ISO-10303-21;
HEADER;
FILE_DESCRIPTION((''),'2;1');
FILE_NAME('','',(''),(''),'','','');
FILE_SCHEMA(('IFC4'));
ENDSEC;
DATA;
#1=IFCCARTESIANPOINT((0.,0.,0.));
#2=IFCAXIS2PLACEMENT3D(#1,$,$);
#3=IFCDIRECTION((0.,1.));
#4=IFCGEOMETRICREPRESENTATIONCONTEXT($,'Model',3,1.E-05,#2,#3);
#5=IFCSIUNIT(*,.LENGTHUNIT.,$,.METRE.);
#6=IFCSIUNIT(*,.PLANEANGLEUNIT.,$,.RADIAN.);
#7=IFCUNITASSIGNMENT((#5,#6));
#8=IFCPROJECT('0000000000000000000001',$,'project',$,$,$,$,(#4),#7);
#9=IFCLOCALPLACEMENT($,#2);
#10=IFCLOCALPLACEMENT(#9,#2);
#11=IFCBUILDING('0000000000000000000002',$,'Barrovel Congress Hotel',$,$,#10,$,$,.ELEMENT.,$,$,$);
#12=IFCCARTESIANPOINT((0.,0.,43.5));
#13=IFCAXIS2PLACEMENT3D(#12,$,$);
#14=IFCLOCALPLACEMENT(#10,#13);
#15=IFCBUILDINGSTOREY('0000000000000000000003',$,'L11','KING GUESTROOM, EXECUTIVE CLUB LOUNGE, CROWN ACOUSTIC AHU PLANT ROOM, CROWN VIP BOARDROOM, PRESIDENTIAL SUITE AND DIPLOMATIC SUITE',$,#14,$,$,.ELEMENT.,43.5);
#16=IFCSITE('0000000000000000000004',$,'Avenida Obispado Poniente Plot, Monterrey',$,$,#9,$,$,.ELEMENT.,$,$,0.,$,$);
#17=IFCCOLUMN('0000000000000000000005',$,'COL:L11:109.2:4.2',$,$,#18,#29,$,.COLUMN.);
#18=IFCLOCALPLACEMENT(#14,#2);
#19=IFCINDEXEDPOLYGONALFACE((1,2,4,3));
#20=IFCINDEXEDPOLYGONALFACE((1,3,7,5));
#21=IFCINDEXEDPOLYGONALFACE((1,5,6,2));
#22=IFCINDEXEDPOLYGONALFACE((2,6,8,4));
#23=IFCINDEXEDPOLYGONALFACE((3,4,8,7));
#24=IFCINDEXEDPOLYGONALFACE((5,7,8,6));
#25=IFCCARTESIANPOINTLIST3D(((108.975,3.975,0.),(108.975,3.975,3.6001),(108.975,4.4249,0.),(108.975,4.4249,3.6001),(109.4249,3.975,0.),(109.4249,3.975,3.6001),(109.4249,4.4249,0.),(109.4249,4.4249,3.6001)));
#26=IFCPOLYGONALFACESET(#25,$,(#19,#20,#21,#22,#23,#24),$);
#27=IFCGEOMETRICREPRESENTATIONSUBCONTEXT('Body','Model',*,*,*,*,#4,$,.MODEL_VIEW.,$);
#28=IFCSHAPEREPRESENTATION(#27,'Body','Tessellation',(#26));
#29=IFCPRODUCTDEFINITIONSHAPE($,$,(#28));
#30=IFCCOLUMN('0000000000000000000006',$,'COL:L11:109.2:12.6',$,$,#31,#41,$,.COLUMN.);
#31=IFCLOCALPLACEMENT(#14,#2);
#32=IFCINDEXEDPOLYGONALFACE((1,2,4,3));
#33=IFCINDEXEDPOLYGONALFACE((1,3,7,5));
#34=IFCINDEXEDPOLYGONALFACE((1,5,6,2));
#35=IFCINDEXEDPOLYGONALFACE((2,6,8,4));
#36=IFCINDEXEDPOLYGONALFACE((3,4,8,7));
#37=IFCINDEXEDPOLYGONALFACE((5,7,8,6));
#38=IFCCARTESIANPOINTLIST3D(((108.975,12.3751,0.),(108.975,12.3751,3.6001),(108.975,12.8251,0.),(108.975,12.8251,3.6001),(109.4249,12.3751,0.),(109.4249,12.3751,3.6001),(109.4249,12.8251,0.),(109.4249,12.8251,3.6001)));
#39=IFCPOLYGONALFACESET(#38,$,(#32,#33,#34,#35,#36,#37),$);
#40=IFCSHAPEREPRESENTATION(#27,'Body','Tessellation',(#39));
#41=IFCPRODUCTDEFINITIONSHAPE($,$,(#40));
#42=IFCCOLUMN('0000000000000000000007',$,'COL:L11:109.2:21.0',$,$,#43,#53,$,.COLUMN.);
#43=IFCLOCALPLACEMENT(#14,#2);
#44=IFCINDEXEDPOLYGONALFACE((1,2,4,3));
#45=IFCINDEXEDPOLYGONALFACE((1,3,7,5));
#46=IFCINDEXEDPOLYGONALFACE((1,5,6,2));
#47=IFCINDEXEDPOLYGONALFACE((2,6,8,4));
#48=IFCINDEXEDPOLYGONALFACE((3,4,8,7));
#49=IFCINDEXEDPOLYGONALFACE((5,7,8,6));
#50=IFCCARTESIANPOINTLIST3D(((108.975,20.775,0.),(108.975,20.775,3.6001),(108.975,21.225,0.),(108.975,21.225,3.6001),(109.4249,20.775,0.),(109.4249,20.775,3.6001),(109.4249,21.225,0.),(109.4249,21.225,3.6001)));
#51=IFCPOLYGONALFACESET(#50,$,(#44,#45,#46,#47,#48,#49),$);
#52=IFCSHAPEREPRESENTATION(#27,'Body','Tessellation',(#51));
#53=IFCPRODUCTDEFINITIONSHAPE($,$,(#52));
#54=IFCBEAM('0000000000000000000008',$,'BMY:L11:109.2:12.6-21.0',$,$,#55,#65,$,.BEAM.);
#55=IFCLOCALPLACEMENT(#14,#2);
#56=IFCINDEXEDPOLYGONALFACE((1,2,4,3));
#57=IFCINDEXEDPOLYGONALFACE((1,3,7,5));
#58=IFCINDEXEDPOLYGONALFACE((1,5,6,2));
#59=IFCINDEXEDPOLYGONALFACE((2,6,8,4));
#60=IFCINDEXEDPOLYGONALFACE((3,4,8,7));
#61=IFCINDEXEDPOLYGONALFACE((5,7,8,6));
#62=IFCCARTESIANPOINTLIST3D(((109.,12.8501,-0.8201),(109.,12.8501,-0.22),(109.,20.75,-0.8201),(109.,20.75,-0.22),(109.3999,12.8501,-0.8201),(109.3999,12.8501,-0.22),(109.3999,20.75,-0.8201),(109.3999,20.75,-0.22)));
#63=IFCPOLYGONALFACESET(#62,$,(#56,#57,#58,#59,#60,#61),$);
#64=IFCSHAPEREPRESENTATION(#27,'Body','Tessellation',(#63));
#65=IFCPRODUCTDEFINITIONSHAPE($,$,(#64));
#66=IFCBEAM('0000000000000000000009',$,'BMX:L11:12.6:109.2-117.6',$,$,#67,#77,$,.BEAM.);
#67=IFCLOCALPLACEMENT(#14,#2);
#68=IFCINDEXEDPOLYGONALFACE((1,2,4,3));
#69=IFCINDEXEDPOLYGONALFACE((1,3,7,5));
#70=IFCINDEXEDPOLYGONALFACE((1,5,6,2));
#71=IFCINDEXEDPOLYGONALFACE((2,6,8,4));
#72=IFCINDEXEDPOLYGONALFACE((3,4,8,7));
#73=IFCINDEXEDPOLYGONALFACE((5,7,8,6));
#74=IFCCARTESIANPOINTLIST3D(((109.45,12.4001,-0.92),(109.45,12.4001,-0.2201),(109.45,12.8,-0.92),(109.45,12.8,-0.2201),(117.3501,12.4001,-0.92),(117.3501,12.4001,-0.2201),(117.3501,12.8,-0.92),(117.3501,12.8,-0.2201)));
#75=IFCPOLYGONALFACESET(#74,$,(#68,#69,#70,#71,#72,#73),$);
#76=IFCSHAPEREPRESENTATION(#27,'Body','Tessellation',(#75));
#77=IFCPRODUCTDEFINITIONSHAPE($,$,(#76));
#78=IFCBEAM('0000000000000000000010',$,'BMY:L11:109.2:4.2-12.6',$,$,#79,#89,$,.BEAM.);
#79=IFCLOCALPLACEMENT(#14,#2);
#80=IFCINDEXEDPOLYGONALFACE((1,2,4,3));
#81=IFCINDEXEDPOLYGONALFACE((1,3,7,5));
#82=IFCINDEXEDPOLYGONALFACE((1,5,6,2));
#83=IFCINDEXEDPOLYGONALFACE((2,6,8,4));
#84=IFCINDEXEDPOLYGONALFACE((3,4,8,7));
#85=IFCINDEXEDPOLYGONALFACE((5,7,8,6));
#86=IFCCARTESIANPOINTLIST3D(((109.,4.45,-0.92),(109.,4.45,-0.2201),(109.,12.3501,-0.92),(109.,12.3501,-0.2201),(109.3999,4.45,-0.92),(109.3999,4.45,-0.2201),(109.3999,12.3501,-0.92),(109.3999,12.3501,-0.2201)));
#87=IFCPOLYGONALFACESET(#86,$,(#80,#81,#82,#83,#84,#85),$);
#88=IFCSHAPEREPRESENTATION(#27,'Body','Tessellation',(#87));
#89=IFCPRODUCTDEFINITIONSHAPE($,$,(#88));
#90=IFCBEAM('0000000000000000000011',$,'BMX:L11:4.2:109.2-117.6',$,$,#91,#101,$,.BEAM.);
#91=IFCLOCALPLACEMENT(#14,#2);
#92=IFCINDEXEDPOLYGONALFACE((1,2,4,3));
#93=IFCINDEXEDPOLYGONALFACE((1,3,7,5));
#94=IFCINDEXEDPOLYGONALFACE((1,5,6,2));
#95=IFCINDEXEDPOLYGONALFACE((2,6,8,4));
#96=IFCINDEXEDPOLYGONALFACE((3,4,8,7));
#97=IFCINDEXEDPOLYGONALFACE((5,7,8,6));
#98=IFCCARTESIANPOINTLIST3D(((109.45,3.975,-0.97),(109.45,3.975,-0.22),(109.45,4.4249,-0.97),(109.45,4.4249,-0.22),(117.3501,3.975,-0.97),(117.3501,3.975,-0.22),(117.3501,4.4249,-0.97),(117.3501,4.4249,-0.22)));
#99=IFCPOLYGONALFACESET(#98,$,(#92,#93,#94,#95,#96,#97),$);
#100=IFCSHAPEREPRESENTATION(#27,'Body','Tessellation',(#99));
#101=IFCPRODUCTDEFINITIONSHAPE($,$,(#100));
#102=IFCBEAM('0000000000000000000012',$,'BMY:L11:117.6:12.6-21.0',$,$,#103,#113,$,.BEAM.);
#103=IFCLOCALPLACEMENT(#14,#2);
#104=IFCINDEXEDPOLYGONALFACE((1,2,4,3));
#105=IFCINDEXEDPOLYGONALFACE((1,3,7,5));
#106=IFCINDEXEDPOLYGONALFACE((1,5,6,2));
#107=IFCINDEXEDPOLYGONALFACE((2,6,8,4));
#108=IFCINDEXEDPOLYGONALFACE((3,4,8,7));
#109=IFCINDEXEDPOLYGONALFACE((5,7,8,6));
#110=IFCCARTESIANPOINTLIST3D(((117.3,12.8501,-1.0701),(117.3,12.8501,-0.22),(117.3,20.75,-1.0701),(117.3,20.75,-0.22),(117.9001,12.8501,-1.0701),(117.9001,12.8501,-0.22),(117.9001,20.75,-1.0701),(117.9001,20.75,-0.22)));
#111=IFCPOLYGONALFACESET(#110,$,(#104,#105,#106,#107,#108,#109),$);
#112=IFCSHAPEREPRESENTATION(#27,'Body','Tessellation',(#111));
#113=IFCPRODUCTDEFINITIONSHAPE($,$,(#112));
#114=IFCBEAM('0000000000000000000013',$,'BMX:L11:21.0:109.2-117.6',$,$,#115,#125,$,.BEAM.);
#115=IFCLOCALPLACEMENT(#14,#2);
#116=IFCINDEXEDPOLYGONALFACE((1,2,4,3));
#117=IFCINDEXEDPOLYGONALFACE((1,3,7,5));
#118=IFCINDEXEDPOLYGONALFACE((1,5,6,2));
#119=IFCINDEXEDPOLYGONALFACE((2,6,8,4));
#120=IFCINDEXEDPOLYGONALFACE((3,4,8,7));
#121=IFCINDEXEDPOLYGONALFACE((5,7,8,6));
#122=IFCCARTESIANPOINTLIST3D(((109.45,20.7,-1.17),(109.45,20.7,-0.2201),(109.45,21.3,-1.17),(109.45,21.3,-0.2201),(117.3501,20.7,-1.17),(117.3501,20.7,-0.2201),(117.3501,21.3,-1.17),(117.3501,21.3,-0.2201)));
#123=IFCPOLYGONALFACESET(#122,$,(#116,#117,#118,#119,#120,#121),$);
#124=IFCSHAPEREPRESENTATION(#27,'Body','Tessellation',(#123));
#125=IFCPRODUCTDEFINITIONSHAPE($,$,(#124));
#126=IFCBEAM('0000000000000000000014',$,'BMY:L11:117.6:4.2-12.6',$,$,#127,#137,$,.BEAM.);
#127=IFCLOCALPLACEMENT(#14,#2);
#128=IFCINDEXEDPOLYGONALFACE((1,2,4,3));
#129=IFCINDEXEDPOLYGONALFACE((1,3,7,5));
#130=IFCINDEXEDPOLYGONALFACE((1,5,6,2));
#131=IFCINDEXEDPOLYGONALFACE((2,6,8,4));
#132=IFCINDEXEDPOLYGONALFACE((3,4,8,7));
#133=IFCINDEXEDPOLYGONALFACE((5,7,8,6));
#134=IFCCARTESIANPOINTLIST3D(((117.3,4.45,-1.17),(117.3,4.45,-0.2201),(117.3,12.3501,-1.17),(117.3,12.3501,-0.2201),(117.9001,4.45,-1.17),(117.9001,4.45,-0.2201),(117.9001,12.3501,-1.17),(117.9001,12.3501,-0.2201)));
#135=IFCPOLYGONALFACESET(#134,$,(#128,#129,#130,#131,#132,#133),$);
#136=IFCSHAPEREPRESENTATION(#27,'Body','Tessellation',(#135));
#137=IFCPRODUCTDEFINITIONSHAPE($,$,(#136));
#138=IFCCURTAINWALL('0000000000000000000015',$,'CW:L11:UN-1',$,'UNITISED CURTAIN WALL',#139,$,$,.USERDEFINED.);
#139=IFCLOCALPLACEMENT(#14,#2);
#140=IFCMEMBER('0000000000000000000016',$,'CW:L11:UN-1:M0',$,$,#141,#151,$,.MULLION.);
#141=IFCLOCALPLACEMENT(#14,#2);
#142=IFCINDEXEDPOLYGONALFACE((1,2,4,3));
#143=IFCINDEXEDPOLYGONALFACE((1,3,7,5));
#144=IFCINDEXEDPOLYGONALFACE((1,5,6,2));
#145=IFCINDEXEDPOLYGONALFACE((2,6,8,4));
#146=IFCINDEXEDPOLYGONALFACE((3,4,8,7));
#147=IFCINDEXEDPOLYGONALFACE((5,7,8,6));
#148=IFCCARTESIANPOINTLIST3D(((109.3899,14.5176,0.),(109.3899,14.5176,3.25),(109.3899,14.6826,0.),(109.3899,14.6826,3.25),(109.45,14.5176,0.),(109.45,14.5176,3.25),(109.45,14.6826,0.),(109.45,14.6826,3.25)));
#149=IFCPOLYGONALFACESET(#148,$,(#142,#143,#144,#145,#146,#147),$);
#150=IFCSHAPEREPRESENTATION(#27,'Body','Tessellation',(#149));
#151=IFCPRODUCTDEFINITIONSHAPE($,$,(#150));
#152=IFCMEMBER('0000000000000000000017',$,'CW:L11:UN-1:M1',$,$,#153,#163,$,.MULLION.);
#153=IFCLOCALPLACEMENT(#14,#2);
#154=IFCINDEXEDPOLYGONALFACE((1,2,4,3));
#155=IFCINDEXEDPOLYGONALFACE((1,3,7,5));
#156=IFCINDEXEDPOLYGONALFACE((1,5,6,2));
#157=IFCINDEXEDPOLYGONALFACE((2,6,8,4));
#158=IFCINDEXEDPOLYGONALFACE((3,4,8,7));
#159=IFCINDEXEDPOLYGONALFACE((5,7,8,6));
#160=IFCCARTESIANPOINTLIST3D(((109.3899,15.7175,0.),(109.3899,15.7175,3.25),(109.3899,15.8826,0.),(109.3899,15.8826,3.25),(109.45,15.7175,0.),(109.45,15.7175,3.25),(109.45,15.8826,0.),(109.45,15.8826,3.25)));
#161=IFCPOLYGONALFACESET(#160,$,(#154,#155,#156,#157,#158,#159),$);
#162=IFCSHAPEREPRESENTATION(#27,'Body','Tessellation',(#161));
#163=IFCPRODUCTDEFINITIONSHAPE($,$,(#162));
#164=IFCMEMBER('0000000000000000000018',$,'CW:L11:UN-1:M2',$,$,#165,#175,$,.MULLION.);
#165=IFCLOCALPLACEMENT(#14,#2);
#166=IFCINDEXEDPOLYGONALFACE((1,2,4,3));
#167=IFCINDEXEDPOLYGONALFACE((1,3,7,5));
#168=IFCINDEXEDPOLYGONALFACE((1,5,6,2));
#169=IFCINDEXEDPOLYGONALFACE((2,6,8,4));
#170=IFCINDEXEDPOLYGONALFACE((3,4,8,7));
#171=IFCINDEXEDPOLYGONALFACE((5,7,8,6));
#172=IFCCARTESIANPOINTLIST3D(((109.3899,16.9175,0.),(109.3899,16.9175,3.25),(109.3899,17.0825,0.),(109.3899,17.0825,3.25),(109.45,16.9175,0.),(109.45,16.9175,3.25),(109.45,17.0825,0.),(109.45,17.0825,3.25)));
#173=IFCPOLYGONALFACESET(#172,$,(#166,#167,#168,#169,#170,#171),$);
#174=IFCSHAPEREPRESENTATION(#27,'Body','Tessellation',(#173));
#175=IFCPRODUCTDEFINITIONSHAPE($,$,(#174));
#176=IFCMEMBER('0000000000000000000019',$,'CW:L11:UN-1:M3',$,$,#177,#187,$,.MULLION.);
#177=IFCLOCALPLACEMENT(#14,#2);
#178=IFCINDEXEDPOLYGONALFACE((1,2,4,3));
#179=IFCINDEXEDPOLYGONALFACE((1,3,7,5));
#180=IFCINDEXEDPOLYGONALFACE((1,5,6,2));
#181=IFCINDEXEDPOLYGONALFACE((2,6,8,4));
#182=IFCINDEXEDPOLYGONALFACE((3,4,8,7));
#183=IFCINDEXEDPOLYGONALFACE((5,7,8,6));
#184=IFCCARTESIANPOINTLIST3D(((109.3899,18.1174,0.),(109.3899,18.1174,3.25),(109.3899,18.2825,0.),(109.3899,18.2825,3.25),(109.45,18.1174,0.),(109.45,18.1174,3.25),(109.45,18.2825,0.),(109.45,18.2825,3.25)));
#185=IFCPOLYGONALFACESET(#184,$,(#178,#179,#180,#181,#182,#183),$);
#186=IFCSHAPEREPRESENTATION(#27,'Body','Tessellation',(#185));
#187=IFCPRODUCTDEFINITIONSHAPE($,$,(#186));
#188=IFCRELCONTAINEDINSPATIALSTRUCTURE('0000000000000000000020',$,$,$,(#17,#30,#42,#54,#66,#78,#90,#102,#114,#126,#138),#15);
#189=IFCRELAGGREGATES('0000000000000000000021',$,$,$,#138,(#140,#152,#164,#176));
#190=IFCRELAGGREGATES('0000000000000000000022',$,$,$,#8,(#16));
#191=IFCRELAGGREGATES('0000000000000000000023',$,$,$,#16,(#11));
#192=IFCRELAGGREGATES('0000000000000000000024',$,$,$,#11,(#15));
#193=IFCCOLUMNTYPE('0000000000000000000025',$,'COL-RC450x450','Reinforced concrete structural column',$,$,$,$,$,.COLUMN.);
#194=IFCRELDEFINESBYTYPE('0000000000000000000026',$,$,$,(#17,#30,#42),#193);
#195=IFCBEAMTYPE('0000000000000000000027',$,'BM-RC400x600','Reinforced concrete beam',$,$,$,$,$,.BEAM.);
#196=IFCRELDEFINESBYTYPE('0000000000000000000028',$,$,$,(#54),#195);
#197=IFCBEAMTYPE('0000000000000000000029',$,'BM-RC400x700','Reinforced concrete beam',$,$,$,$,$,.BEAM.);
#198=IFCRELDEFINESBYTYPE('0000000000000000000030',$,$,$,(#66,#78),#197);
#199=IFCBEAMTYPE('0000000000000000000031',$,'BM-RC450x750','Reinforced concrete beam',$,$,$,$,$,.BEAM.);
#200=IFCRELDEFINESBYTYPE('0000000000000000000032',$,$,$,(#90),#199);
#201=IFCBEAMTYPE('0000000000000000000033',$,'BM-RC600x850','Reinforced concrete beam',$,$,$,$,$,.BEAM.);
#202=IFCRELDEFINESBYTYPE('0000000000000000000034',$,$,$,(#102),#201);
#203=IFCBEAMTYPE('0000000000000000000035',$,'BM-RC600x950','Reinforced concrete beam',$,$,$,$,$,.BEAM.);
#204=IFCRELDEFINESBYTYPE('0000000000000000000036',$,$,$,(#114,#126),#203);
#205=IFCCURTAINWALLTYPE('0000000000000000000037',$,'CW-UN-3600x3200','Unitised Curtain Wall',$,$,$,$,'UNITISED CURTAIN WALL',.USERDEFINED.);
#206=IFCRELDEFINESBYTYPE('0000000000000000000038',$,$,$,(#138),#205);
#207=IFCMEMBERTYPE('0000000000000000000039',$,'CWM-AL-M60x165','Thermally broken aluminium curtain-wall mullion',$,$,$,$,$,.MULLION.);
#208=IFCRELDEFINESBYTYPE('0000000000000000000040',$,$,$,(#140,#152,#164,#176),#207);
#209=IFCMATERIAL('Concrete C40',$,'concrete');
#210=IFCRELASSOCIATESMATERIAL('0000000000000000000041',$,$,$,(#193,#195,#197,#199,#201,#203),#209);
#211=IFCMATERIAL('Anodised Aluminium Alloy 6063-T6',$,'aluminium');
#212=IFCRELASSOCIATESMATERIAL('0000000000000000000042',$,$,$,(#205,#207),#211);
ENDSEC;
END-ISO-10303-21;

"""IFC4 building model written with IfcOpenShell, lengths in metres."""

from ifc_helpers import new_model, si_unit, direction, frame, origin, origin_2d, place, context, subcontext, project, spatial, rectangle, extrude, material, material_profile, profile_set, type_object, element, aggregate, save


model = new_model("IFC4")

# Units and contexts
model_context = context("Model", 3, precision=1e-05, world=origin(), true_north=direction((0.0, 1.0)))
body_context = subcontext(model_context, "Body", "Model", "MODEL_VIEW")
ifc_project = project(units=[si_unit("LENGTHUNIT", "METRE"), si_unit("PLANEANGLEUNIT", "RADIAN")], contexts=[model_context])

# Site, building, storey
site_placement = place(None, origin())
site = spatial("IfcSite", under=ifc_project, at=site_placement, Name="Avenida Obispado Poniente Plot, Monterrey", CompositionType="ELEMENT", RefElevation=0.0)
building_placement = place(site_placement, origin())
building = spatial("IfcBuilding", under=site, at=building_placement, Name="Barrovel Congress Hotel", CompositionType="ELEMENT")
storey_placement = place(building_placement, frame((0.0, 0.0, 43.5)))
storey = spatial("IfcBuildingStorey", under=building, at=storey_placement, Name="L11", Description="KING GUESTROOM, EXECUTIVE CLUB LOUNGE, CROWN ACOUSTIC AHU PLANT ROOM, CROWN VIP BOARDROOM, PRESIDENTIAL SUITE AND DIPLOMATIC SUITE", CompositionType="ELEMENT", Elevation=43.5)

# Columns
ifc_material_1 = material(Name="Concrete C40", Category="concrete")
ifc_material_profile_1 = material_profile(ifc_material_1, rectangle(XDim=0.45, YDim=0.45, at=origin_2d()), Name="RC450x450")
ifc_profile_set_1 = profile_set([ifc_material_profile_1], Name="Concrete C40")
column_type = type_object("IfcColumnType", Name="COL-RC450x450", Description="Reinforced concrete structural column", PredefinedType="COLUMN", material=ifc_profile_set_1)
for number, where, z_axis, x_axis, name in (
    (1, (109.2, 4.2, 0.0), (0.0, 0.0, 1.0), (1.0, 0.0, 0.0), "COL:L11:109.2:4.2"),
    (2, (109.2, 12.6001, 0.0), (0.0, 0.0, 1.0), (1.0, 0.0, 0.0), "COL:L11:109.2:12.6"),
    (3, (109.2, 21.0, 0.0), (0.0, 0.0, 1.0), (1.0, 0.0, 0.0), "COL:L11:109.2:21.0"),
):
    element("IfcColumn", number, at=place(storey_placement, frame(where, z_axis=z_axis, x_axis=x_axis)), inside=storey, type_object=column_type, Name=name, PredefinedType="COLUMN", context=body_context, shape_type="SweptSolid", body=[
        extrude(rectangle(XDim=0.45, YDim=0.45, at=origin_2d()), origin(), (0.0, 0.0, 1.0), 3.6001),
    ])

# Beams
ifc_material_profile_2 = material_profile(ifc_material_1, rectangle(XDim=0.3999, YDim=0.6001, at=origin_2d()), Name="RC400x600")
ifc_profile_set_2 = profile_set([ifc_material_profile_2], Name="Concrete C40")
beam_type_1 = type_object("IfcBeamType", Name="BM-RC400x600", Description="Reinforced concrete beam", PredefinedType="BEAM", material=ifc_profile_set_2)
beam_1_placement = place(storey_placement, frame((109.2, 12.8501, -0.52), z_axis=(0.0, 1.0, 0.0), x_axis=(-1.0, 0.0, 0.0)))
element("IfcBeam", 4, at=beam_1_placement, inside=storey, type_object=beam_type_1, Name="BMY:L11:109.2:12.6-21.0", PredefinedType="BEAM", context=body_context, shape_type="SweptSolid", body=[
    extrude(rectangle(XDim=0.3999, YDim=0.6001, at=origin_2d()), origin(), (0.0, 0.0, 1.0), 7.8999),
])
ifc_material_profile_3 = material_profile(ifc_material_1, rectangle(XDim=0.3999, YDim=0.7, at=origin_2d()), Name="RC400x700")
ifc_profile_set_3 = profile_set([ifc_material_profile_3], Name="Concrete C40")
beam_type_2 = type_object("IfcBeamType", Name="BM-RC400x700", Description="Reinforced concrete beam", PredefinedType="BEAM", material=ifc_profile_set_3)
for number, where, z_axis, x_axis, name in (
    (5, (109.45, 12.6001, -0.5701), (1.0, 0.0, 0.0), (0.0, 1.0, 0.0), "BMX:L11:12.6:109.2-117.6"),
    (6, (109.2, 4.45, -0.5701), (0.0, 1.0, 0.0), (-1.0, 0.0, 0.0), "BMY:L11:109.2:4.2-12.6"),
):
    element("IfcBeam", number, at=place(storey_placement, frame(where, z_axis=z_axis, x_axis=x_axis)), inside=storey, type_object=beam_type_2, Name=name, PredefinedType="BEAM", context=body_context, shape_type="SweptSolid", body=[
        extrude(rectangle(XDim=0.3999, YDim=0.7, at=origin_2d()), origin(), (0.0, 0.0, 1.0), 7.9001),
    ])
ifc_material_profile_4 = material_profile(ifc_material_1, rectangle(XDim=0.45, YDim=0.75, at=origin_2d()), Name="RC450x750")
ifc_profile_set_4 = profile_set([ifc_material_profile_4], Name="Concrete C40")
beam_type_3 = type_object("IfcBeamType", Name="BM-RC450x750", Description="Reinforced concrete beam", PredefinedType="BEAM", material=ifc_profile_set_4)
beam_2_placement = place(storey_placement, frame((109.45, 4.2, -0.595), z_axis=(1.0, 0.0, 0.0), x_axis=(0.0, 1.0, 0.0)))
element("IfcBeam", 7, at=beam_2_placement, inside=storey, type_object=beam_type_3, Name="BMX:L11:4.2:109.2-117.6", PredefinedType="BEAM", context=body_context, shape_type="SweptSolid", body=[
    extrude(rectangle(XDim=0.45, YDim=0.75, at=origin_2d()), origin(), (0.0, 0.0, 1.0), 7.9001),
])
ifc_material_profile_5 = material_profile(ifc_material_1, rectangle(XDim=0.6001, YDim=0.8501, at=origin_2d()), Name="RC600x850")
ifc_profile_set_5 = profile_set([ifc_material_profile_5], Name="Concrete C40")
beam_type_4 = type_object("IfcBeamType", Name="BM-RC600x850", Description="Reinforced concrete beam", PredefinedType="BEAM", material=ifc_profile_set_5)
beam_3_placement = place(storey_placement, frame((117.6001, 12.8501, -0.645), z_axis=(0.0, 1.0, 0.0), x_axis=(-1.0, 0.0, 0.0)))
element("IfcBeam", 8, at=beam_3_placement, inside=storey, type_object=beam_type_4, Name="BMY:L11:117.6:12.6-21.0", PredefinedType="BEAM", context=body_context, shape_type="SweptSolid", body=[
    extrude(rectangle(XDim=0.6001, YDim=0.8501, at=origin_2d()), origin(), (0.0, 0.0, 1.0), 7.8999),
])
ifc_material_profile_6 = material_profile(ifc_material_1, rectangle(XDim=0.6001, YDim=0.95, at=origin_2d()), Name="RC600x950")
ifc_profile_set_6 = profile_set([ifc_material_profile_6], Name="Concrete C40")
beam_type_5 = type_object("IfcBeamType", Name="BM-RC600x950", Description="Reinforced concrete beam", PredefinedType="BEAM", material=ifc_profile_set_6)
for number, where, z_axis, x_axis, name in (
    (9, (109.45, 21.0, -0.6951), (1.0, 0.0, 0.0), (0.0, 1.0, 0.0), "BMX:L11:21.0:109.2-117.6"),
    (10, (117.6001, 4.45, -0.6951), (0.0, 1.0, 0.0), (-1.0, 0.0, 0.0), "BMY:L11:117.6:4.2-12.6"),
):
    element("IfcBeam", number, at=place(storey_placement, frame(where, z_axis=z_axis, x_axis=x_axis)), inside=storey, type_object=beam_type_5, Name=name, PredefinedType="BEAM", context=body_context, shape_type="SweptSolid", body=[
        extrude(rectangle(XDim=0.6001, YDim=0.95, at=origin_2d()), origin(), (0.0, 0.0, 1.0), 7.9001),
    ])

# Curtain wall, members
ifc_material_2 = material(Name="Anodised Aluminium Alloy 6063-T6", Category="aluminium")
curtain_wall_type = type_object("IfcCurtainWallType", Name="CW-UN-3600x3200", Description="Unitised Curtain Wall", ElementType="UNITISED CURTAIN WALL", PredefinedType="USERDEFINED", material=ifc_material_2)
curtain_wall_placement = place(storey_placement, origin())
curtain_wall = element("IfcCurtainWall", 11, at=curtain_wall_placement, inside=storey, type_object=curtain_wall_type, Name="CW:L11:UN-1", ObjectType="UNITISED CURTAIN WALL", PredefinedType="USERDEFINED")
ifc_material_profile_7 = material_profile(ifc_material_2, rectangle(XDim=0.0601, YDim=0.165, at=origin_2d()), Name="AL-M60x165")
ifc_profile_set_7 = profile_set([ifc_material_profile_7], Name="Anodised Aluminium Alloy 6063-T6")
member_type_1 = type_object("IfcMemberType", Name="CWM-AL-M60x165", Description="Thermally broken aluminium curtain-wall mullion", PredefinedType="MULLION", material=ifc_profile_set_7)
member_1_placement = place(storey_placement, frame((109.4199, 14.6001, 0.0), z_axis=(0.0, 0.0, 1.0), x_axis=(1.0, 0.0, 0.0)))
member_1 = element("IfcMember", 12, at=member_1_placement, type_object=member_type_1, Name="CW:L11:UN-1:M0", PredefinedType="MULLION", context=body_context, shape_type="SweptSolid", body=[
    extrude(rectangle(XDim=0.0601, YDim=0.165, at=origin_2d()), origin(), (0.0, 0.0, 1.0), 3.25),
])
member_2_placement = place(storey_placement, frame((109.4199, 15.8, 0.0), z_axis=(0.0, 0.0, 1.0), x_axis=(1.0, 0.0, 0.0)))
member_2 = element("IfcMember", 13, at=member_2_placement, type_object=member_type_1, Name="CW:L11:UN-1:M1", PredefinedType="MULLION", context=body_context, shape_type="SweptSolid", body=[
    extrude(rectangle(XDim=0.0601, YDim=0.165, at=origin_2d()), origin(), (0.0, 0.0, 1.0), 3.25),
])
member_3_placement = place(storey_placement, frame((109.4199, 17.0, 0.0), z_axis=(0.0, 0.0, 1.0), x_axis=(1.0, 0.0, 0.0)))
member_3 = element("IfcMember", 14, at=member_3_placement, type_object=member_type_1, Name="CW:L11:UN-1:M2", PredefinedType="MULLION", context=body_context, shape_type="SweptSolid", body=[
    extrude(rectangle(XDim=0.0601, YDim=0.165, at=origin_2d()), origin(), (0.0, 0.0, 1.0), 3.25),
])
member_4_placement = place(storey_placement, frame((109.4199, 18.2, 0.0), z_axis=(0.0, 0.0, 1.0), x_axis=(1.0, 0.0, 0.0)))
member_4 = element("IfcMember", 15, at=member_4_placement, type_object=member_type_1, Name="CW:L11:UN-1:M3", PredefinedType="MULLION", context=body_context, shape_type="SweptSolid", body=[
    extrude(rectangle(XDim=0.0601, YDim=0.165, at=origin_2d()), origin(), (0.0, 0.0, 1.0), 3.25),
])
aggregate(curtain_wall, [member_1, member_2, member_3, member_4])

save(model, "model.ifc")
